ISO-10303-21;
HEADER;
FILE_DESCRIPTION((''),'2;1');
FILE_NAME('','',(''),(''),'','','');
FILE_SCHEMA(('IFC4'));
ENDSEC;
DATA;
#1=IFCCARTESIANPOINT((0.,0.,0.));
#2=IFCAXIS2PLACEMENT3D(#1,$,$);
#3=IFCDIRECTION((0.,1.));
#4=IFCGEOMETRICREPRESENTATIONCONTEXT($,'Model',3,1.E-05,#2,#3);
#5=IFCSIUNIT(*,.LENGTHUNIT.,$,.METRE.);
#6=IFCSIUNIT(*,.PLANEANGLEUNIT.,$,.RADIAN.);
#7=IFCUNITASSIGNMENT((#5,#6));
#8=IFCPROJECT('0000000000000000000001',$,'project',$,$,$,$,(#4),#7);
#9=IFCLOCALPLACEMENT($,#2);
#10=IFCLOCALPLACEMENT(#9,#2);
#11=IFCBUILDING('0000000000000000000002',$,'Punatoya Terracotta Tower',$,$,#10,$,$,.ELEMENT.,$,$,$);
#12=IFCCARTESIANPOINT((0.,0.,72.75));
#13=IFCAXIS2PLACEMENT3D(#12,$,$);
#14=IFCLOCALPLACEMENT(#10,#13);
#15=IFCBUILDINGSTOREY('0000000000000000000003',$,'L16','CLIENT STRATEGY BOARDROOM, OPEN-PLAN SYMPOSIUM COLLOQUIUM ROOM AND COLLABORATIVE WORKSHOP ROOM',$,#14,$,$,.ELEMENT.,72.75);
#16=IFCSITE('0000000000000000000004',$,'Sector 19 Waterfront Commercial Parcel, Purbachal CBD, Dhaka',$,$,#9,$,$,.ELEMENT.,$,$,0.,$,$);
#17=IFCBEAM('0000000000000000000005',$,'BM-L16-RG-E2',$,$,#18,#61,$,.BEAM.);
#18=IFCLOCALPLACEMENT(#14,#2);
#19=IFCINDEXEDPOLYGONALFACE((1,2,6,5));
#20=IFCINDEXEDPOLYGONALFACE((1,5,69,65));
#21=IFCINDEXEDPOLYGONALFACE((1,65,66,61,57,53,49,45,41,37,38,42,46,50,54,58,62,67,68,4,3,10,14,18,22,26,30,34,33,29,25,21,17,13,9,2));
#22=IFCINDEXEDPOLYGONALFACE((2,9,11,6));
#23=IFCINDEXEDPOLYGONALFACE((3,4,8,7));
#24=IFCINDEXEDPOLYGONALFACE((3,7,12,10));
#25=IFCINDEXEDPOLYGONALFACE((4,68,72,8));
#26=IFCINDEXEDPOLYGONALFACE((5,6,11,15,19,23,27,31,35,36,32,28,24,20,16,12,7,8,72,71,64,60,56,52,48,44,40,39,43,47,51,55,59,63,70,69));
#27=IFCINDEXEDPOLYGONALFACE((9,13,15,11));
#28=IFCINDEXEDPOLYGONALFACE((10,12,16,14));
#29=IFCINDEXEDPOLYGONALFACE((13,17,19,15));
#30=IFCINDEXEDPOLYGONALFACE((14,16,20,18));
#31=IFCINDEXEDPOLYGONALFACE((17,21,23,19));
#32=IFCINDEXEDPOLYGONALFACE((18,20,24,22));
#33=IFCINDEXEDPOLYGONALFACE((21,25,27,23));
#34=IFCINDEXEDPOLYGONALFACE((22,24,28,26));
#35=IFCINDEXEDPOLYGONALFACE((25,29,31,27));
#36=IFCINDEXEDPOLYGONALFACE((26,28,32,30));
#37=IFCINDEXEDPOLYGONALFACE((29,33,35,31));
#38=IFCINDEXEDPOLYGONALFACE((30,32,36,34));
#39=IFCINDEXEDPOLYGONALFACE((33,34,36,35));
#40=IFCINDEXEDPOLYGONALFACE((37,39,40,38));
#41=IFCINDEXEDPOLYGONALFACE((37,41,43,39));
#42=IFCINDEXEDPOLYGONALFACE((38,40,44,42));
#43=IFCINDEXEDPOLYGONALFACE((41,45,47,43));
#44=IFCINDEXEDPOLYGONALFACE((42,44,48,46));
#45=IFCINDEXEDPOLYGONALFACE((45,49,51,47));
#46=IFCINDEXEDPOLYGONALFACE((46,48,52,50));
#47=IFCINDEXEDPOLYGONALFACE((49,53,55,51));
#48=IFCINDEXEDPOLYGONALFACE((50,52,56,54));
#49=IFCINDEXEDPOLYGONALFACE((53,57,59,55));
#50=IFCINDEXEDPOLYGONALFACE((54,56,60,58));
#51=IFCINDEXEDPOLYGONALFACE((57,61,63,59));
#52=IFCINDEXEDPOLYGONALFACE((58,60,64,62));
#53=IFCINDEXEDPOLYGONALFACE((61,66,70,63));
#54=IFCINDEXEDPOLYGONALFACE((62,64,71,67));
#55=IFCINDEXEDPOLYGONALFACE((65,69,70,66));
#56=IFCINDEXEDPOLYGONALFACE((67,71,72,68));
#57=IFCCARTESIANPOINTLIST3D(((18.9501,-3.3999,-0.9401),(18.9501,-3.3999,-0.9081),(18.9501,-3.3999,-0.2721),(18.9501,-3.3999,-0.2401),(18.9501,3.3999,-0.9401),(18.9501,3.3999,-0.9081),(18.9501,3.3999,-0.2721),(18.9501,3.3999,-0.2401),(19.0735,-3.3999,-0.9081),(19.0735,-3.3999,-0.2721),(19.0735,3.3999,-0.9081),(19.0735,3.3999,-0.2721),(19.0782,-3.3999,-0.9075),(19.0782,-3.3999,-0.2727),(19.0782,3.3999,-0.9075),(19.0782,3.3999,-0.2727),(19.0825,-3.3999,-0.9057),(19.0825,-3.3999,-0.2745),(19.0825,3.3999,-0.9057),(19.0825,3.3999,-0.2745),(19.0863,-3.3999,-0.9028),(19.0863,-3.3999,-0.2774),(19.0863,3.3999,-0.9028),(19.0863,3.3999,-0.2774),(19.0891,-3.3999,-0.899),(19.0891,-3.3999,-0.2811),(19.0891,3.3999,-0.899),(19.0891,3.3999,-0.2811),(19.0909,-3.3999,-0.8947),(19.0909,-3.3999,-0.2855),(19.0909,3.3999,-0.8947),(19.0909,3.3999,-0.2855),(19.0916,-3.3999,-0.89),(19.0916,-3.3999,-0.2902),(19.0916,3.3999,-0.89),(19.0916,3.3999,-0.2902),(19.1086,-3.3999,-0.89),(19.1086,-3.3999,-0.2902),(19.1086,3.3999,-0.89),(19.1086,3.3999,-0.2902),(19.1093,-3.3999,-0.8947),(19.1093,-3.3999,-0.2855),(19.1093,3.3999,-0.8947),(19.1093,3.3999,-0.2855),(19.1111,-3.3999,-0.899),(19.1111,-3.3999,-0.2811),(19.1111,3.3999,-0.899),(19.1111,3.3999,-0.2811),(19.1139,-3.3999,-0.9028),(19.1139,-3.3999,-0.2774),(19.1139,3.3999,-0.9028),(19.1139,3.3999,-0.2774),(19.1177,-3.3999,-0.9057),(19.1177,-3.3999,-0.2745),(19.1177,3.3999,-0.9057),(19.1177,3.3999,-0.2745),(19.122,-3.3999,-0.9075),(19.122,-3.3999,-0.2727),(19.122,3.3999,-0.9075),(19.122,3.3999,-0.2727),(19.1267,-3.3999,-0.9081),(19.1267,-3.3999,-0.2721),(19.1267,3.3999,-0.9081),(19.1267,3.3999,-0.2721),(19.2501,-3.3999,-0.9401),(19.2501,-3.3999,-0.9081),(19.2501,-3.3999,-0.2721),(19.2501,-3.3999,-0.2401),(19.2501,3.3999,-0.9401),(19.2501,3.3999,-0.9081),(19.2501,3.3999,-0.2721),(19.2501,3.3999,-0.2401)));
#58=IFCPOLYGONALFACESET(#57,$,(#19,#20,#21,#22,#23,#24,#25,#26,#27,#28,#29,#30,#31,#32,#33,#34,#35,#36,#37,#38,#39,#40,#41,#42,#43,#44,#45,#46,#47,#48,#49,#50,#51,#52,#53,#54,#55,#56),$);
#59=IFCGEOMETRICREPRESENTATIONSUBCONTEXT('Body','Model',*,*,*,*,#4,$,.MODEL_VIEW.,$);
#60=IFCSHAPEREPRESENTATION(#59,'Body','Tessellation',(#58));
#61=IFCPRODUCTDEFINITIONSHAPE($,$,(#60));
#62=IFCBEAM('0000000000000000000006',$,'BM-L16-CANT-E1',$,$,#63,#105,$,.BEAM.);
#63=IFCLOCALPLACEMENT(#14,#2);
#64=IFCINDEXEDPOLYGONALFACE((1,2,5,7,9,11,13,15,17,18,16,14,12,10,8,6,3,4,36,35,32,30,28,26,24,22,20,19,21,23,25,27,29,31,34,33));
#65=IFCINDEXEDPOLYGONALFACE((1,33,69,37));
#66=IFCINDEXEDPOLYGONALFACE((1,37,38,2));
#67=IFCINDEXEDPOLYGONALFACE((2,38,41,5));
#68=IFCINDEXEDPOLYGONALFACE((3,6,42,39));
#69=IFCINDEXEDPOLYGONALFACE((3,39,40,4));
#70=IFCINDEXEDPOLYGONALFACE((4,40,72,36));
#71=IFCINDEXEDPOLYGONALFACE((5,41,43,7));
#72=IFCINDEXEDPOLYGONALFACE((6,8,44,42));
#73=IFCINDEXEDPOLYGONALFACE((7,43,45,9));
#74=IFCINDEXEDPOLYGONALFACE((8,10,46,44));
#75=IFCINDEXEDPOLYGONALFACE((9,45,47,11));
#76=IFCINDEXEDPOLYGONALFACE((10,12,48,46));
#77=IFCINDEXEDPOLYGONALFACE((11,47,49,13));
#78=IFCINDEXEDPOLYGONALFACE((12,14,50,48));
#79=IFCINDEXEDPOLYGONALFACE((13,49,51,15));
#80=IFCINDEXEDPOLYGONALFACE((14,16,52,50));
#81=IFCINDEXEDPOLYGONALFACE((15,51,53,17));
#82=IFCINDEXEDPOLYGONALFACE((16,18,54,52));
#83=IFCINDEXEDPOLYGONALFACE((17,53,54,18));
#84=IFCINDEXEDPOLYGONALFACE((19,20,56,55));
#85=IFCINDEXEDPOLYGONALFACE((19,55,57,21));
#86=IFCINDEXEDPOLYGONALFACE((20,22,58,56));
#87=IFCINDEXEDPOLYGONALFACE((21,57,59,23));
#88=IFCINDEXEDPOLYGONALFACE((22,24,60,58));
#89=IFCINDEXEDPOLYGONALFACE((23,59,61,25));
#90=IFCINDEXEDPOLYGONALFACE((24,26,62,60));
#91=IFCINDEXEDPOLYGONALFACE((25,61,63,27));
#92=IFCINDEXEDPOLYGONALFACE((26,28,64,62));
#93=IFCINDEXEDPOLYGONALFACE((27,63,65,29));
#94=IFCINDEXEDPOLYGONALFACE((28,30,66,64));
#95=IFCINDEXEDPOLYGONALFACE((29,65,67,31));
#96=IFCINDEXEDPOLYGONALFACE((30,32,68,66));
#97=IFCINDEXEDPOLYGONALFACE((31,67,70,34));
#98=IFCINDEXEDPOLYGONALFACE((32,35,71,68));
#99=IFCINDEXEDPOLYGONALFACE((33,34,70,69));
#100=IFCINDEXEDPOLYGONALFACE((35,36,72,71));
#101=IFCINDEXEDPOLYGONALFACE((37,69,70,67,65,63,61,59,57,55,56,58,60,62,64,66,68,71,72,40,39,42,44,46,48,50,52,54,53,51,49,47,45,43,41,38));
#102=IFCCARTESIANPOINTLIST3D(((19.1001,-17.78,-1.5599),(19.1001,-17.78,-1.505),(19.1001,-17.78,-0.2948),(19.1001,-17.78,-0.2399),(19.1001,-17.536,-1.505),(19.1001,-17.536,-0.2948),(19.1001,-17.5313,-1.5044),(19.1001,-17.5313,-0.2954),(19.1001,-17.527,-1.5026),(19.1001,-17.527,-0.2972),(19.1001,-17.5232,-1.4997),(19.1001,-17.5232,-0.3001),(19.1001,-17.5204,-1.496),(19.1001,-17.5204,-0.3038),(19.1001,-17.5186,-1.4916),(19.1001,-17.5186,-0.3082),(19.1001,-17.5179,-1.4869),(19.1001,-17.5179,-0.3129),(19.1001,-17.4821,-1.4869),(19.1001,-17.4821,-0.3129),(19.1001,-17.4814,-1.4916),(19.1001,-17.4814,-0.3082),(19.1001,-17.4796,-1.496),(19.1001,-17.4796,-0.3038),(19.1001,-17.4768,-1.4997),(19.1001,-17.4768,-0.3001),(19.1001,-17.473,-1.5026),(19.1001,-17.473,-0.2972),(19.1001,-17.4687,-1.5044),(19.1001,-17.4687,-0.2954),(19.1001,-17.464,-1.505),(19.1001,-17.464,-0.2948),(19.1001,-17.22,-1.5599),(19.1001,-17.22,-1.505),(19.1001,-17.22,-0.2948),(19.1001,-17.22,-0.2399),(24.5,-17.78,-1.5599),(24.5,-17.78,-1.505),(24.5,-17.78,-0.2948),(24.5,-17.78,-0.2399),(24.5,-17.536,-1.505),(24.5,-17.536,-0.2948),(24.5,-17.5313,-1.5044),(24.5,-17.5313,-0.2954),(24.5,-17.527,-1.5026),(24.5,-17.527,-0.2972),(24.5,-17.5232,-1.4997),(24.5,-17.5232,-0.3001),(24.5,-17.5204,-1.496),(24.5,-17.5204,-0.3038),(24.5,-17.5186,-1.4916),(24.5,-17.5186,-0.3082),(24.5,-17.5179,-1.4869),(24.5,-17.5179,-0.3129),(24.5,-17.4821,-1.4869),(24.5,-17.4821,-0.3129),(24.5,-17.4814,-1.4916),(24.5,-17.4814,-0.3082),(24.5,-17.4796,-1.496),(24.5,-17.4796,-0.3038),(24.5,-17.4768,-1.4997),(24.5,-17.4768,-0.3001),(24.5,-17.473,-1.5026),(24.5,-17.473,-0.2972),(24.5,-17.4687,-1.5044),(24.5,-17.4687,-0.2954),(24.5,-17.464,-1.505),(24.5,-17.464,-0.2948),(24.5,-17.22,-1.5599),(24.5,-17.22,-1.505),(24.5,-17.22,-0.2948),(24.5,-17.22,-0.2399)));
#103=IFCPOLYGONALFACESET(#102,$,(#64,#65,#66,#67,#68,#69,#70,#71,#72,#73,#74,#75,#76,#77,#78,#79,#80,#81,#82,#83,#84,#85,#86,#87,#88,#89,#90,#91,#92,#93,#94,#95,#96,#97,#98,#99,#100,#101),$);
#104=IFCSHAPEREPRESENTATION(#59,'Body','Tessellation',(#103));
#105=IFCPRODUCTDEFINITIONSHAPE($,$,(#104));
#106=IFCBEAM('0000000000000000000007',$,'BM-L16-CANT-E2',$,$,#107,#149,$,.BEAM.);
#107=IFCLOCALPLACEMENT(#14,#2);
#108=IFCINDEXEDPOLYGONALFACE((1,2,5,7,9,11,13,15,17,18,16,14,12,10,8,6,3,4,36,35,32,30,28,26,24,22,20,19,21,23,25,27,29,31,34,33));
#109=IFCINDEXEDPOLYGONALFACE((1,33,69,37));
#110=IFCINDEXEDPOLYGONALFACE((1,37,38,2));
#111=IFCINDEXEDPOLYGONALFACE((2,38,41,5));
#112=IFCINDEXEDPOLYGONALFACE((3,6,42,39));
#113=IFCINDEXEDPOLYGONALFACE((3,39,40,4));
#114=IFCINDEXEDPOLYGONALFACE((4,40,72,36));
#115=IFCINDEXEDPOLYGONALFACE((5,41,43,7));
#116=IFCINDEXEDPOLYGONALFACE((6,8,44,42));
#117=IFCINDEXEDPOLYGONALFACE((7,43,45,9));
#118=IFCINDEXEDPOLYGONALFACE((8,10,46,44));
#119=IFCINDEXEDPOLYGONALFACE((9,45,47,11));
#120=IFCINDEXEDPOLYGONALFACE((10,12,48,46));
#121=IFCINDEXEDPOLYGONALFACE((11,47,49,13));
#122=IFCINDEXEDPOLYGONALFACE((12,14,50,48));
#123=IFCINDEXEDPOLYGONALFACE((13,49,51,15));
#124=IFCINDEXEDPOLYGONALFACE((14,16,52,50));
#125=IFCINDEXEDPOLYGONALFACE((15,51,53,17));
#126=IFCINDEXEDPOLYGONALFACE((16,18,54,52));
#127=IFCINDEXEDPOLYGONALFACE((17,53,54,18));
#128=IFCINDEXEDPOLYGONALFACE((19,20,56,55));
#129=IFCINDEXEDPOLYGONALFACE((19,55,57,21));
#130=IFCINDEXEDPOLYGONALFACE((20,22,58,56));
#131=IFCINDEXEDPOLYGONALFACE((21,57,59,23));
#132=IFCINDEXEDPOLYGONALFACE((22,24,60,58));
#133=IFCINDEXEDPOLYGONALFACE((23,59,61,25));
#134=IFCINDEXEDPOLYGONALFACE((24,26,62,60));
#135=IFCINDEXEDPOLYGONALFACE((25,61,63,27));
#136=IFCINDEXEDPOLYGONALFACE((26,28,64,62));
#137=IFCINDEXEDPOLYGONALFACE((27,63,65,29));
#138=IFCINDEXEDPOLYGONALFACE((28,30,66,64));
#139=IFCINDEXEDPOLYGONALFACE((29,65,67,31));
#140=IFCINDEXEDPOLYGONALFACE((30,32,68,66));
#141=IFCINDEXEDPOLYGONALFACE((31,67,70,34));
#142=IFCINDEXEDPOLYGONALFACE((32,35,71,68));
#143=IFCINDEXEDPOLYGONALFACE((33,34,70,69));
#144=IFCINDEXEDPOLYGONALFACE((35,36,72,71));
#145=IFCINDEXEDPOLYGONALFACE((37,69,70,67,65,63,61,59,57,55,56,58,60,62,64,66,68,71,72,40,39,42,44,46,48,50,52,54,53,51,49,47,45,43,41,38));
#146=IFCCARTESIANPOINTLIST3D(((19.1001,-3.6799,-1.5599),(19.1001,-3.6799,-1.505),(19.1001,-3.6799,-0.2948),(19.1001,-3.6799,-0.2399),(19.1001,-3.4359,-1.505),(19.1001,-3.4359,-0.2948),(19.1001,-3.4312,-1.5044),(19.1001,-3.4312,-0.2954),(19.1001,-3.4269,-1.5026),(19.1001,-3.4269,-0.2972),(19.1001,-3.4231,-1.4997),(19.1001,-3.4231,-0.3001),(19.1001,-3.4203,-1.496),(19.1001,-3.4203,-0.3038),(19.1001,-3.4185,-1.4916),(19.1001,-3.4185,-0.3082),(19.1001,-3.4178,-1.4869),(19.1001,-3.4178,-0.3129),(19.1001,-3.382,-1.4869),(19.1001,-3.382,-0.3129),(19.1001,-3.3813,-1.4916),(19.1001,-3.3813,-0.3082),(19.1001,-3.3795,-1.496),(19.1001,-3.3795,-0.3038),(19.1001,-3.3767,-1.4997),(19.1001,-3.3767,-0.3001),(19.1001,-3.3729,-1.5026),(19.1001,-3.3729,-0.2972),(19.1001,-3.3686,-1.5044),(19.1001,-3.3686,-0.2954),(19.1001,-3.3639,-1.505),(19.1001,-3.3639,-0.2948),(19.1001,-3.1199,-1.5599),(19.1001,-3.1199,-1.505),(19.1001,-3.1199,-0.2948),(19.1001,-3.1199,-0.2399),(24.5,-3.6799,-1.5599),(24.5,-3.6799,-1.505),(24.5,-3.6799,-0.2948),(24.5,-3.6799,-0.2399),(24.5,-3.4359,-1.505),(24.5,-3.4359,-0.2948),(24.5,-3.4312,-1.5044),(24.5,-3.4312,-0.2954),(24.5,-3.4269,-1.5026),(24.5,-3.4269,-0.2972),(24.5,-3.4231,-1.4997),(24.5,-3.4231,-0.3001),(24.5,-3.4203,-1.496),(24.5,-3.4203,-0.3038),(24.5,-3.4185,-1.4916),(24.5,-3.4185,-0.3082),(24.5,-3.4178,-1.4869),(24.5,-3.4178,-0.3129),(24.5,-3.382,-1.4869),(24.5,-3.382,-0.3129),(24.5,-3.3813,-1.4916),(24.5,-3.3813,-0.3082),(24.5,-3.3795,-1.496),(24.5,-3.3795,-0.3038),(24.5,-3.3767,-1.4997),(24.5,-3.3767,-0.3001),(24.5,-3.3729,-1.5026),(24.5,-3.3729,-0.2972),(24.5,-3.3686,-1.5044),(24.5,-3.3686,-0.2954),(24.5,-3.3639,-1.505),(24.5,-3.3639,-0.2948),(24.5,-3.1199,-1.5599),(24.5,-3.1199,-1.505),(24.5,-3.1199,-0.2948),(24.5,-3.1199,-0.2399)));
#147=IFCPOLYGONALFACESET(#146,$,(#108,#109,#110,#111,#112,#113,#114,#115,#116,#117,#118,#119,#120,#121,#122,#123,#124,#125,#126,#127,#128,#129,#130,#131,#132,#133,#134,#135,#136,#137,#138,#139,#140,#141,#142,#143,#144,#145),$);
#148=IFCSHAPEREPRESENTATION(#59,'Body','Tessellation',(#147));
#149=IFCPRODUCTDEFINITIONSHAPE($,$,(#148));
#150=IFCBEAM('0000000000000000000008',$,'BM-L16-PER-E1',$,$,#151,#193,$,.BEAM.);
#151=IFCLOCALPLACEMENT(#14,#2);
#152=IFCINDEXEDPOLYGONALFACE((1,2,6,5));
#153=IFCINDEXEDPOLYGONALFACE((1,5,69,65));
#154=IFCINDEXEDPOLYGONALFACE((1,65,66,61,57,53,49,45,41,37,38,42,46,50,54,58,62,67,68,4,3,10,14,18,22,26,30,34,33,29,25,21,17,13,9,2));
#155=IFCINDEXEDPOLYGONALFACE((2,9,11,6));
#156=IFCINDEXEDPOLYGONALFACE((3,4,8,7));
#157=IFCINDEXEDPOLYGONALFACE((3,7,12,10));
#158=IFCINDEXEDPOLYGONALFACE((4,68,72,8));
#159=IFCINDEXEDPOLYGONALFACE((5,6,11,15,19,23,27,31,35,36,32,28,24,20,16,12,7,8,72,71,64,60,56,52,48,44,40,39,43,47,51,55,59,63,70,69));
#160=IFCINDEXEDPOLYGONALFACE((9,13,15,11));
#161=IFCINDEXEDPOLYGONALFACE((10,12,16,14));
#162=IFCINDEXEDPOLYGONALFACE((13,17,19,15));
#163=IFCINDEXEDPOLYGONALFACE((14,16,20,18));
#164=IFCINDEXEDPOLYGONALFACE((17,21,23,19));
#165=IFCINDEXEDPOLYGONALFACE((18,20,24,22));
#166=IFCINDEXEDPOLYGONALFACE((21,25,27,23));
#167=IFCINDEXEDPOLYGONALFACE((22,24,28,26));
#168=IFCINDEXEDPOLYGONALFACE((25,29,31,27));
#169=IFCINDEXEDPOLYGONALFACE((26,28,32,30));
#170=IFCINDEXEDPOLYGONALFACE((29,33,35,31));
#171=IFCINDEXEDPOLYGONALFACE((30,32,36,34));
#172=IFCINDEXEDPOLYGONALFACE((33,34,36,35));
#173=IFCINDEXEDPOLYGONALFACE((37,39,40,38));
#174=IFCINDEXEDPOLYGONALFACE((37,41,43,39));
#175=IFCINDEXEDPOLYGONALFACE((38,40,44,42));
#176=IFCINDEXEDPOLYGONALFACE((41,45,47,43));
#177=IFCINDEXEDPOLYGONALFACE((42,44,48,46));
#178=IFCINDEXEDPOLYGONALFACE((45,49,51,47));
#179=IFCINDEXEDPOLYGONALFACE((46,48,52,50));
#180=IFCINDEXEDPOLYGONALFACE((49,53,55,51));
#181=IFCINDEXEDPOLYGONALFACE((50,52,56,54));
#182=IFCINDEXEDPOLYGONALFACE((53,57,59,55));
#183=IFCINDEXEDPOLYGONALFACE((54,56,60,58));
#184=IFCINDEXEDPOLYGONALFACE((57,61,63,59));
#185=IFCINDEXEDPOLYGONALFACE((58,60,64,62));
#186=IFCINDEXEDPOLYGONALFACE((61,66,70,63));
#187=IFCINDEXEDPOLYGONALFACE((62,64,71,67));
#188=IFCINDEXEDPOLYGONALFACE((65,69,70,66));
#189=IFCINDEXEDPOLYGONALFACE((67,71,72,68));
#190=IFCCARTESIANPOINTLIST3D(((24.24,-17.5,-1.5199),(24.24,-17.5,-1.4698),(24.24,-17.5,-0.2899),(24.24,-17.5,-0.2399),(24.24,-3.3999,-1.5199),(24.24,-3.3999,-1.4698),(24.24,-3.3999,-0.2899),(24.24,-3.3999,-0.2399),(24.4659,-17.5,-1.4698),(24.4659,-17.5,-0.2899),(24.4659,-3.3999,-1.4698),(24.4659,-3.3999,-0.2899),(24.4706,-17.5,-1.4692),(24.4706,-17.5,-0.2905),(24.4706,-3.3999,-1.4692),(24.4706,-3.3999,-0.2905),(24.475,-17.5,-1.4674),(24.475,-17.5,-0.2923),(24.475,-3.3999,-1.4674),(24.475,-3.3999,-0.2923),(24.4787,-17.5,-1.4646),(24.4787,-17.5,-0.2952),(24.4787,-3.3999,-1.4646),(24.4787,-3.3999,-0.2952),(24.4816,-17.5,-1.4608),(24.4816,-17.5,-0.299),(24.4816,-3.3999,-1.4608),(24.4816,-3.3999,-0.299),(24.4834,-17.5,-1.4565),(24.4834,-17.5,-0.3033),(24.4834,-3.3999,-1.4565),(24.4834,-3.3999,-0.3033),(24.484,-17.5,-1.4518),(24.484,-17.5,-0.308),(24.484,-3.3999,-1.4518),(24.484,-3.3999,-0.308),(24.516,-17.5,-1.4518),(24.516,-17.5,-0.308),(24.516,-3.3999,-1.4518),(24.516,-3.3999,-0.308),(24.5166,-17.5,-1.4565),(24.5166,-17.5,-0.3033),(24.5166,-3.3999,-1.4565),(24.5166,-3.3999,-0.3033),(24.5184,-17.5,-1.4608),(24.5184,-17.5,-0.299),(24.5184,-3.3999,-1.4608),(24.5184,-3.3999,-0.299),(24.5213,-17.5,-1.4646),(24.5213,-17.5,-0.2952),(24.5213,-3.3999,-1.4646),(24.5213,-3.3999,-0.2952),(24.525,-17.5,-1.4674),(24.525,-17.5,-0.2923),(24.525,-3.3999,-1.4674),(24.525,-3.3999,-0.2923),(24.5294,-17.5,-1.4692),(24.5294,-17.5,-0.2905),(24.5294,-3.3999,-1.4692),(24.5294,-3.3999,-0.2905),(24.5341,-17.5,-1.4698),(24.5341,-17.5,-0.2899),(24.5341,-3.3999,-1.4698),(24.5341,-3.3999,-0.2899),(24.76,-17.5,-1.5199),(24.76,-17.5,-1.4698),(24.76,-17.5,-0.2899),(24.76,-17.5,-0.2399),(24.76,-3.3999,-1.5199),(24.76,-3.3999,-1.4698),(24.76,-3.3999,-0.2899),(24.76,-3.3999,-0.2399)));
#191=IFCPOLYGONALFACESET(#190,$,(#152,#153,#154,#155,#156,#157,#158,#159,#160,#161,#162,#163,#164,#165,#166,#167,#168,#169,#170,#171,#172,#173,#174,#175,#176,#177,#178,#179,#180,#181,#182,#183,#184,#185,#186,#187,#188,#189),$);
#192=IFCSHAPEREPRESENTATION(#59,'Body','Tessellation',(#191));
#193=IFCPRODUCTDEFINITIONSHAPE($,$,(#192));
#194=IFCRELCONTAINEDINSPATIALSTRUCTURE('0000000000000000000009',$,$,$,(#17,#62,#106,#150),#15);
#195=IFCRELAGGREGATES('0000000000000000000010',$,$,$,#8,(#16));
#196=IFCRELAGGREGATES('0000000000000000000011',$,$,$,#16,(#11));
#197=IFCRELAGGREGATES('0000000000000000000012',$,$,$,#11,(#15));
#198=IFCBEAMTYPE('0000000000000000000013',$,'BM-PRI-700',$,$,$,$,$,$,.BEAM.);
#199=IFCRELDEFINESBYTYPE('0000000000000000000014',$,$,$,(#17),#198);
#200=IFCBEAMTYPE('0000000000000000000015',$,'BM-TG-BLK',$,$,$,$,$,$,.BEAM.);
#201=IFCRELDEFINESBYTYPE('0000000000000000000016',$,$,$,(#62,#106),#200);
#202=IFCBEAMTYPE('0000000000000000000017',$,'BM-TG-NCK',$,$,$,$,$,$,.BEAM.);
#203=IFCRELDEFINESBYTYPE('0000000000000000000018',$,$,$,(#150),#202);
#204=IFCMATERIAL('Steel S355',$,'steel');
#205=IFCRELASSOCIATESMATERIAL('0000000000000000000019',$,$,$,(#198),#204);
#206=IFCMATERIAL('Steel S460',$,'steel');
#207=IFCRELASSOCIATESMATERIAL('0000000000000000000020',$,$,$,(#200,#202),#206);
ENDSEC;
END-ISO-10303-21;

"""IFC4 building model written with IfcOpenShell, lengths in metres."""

from ifc_helpers import new_model, si_unit, direction, frame, origin, origin_2d, place, context, subcontext, project, spatial, i_section, extrude, material, material_profile, profile_set, type_object, element, save


model = new_model("IFC4")

# Units and contexts
model_context = context("Model", 3, precision=1e-05, world=origin(), true_north=direction((0.0, 1.0)))
body_context = subcontext(model_context, "Body", "Model", "MODEL_VIEW")
ifc_project = project(units=[si_unit("LENGTHUNIT", "METRE"), si_unit("PLANEANGLEUNIT", "RADIAN")], contexts=[model_context])

# Site, building, storey
site_placement = place(None, origin())
site = spatial("IfcSite", under=ifc_project, at=site_placement, Name="Sector 19 Waterfront Commercial Parcel, Purbachal CBD, Dhaka", CompositionType="ELEMENT", RefElevation=0.0)
building_placement = place(site_placement, origin())
building = spatial("IfcBuilding", under=site, at=building_placement, Name="Punatoya Terracotta Tower", CompositionType="ELEMENT")
storey_placement = place(building_placement, frame((0.0, 0.0, 72.75)))
storey = spatial("IfcBuildingStorey", under=building, at=storey_placement, Name="L16", Description="CLIENT STRATEGY BOARDROOM, OPEN-PLAN SYMPOSIUM COLLOQUIUM ROOM AND COLLABORATIVE WORKSHOP ROOM", CompositionType="ELEMENT", Elevation=72.75)

# Shared definitions
ifc_material_1 = material(Name="Steel S460", Category="steel")

# Beams
ifc_material_2 = material(Name="Steel S355", Category="steel")
ifc_material_profile_1 = material_profile(ifc_material_2, i_section(OverallWidth=0.3, OverallDepth=0.7, WebThickness=0.0171, FlangeThickness=0.032, FilletRadius=0.0181, at=origin_2d()))
ifc_profile_set_1 = profile_set([ifc_material_profile_1], Name="Steel S355")
beam_type_1 = type_object("IfcBeamType", Name="BM-PRI-700", PredefinedType="BEAM", material=ifc_profile_set_1)
beam_1_placement = place(storey_placement, frame((19.1001, -3.3999, -0.5901), z_axis=(0.0, 1.0, 0.0), x_axis=(-1.0, 0.0, 0.0)))
element("IfcBeam", 1, at=beam_1_placement, inside=storey, type_object=beam_type_1, Name="BM-L16-RG-E2", PredefinedType="BEAM", context=body_context, shape_type="SweptSolid", body=[
    extrude(i_section(OverallWidth=0.3, OverallDepth=0.7, WebThickness=0.0171, FlangeThickness=0.032, FilletRadius=0.0181, at=origin_2d()), origin(), (0.0, 0.0, 1.0), 6.7998),
])
ifc_material_profile_2 = material_profile(ifc_material_1, i_section(OverallWidth=0.5601, OverallDepth=1.3201, WebThickness=0.0359, FlangeThickness=0.0549, FilletRadius=0.0181, at=origin_2d()))
ifc_profile_set_2 = profile_set([ifc_material_profile_2], Name="Steel S460")
beam_type_2 = type_object("IfcBeamType", Name="BM-TG-BLK", PredefinedType="BEAM", material=ifc_profile_set_2)
for number, where, z_axis, x_axis, name in (
    (2, (19.1001, -17.5, -0.8999), (1.0, 0.0, 0.0), (0.0, 1.0, 0.0), "BM-L16-CANT-E1"),
    (3, (19.1001, -3.3999, -0.8999), (1.0, 0.0, 0.0), (0.0, 1.0, 0.0), "BM-L16-CANT-E2"),
):
    element("IfcBeam", number, at=place(storey_placement, frame(where, z_axis=z_axis, x_axis=x_axis)), inside=storey, type_object=beam_type_2, Name=name, PredefinedType="BEAM", context=body_context, shape_type="SweptSolid", body=[
        extrude(i_section(OverallWidth=0.5601, OverallDepth=1.3201, WebThickness=0.0359, FlangeThickness=0.0549, FilletRadius=0.0181, at=origin_2d()), origin(), (0.0, 0.0, 1.0), 5.3999),
    ])
ifc_material_profile_3 = material_profile(ifc_material_1, i_section(OverallWidth=0.52, OverallDepth=1.28, WebThickness=0.032, FlangeThickness=0.05, FilletRadius=0.0181, at=origin_2d()))
ifc_profile_set_3 = profile_set([ifc_material_profile_3], Name="Steel S460")
beam_type_3 = type_object("IfcBeamType", Name="BM-TG-NCK", PredefinedType="BEAM", material=ifc_profile_set_3)
beam_2_placement = place(storey_placement, frame((24.5, -17.5, -0.8799), z_axis=(0.0, 1.0, 0.0), x_axis=(-1.0, 0.0, 0.0)))
element("IfcBeam", 4, at=beam_2_placement, inside=storey, type_object=beam_type_3, Name="BM-L16-PER-E1", PredefinedType="BEAM", context=body_context, shape_type="SweptSolid", body=[
    extrude(i_section(OverallWidth=0.52, OverallDepth=1.28, WebThickness=0.032, FlangeThickness=0.05, FilletRadius=0.0181, at=origin_2d()), origin(), (0.0, 0.0, 1.0), 14.1001),
])

save(model, "model.ifc")
